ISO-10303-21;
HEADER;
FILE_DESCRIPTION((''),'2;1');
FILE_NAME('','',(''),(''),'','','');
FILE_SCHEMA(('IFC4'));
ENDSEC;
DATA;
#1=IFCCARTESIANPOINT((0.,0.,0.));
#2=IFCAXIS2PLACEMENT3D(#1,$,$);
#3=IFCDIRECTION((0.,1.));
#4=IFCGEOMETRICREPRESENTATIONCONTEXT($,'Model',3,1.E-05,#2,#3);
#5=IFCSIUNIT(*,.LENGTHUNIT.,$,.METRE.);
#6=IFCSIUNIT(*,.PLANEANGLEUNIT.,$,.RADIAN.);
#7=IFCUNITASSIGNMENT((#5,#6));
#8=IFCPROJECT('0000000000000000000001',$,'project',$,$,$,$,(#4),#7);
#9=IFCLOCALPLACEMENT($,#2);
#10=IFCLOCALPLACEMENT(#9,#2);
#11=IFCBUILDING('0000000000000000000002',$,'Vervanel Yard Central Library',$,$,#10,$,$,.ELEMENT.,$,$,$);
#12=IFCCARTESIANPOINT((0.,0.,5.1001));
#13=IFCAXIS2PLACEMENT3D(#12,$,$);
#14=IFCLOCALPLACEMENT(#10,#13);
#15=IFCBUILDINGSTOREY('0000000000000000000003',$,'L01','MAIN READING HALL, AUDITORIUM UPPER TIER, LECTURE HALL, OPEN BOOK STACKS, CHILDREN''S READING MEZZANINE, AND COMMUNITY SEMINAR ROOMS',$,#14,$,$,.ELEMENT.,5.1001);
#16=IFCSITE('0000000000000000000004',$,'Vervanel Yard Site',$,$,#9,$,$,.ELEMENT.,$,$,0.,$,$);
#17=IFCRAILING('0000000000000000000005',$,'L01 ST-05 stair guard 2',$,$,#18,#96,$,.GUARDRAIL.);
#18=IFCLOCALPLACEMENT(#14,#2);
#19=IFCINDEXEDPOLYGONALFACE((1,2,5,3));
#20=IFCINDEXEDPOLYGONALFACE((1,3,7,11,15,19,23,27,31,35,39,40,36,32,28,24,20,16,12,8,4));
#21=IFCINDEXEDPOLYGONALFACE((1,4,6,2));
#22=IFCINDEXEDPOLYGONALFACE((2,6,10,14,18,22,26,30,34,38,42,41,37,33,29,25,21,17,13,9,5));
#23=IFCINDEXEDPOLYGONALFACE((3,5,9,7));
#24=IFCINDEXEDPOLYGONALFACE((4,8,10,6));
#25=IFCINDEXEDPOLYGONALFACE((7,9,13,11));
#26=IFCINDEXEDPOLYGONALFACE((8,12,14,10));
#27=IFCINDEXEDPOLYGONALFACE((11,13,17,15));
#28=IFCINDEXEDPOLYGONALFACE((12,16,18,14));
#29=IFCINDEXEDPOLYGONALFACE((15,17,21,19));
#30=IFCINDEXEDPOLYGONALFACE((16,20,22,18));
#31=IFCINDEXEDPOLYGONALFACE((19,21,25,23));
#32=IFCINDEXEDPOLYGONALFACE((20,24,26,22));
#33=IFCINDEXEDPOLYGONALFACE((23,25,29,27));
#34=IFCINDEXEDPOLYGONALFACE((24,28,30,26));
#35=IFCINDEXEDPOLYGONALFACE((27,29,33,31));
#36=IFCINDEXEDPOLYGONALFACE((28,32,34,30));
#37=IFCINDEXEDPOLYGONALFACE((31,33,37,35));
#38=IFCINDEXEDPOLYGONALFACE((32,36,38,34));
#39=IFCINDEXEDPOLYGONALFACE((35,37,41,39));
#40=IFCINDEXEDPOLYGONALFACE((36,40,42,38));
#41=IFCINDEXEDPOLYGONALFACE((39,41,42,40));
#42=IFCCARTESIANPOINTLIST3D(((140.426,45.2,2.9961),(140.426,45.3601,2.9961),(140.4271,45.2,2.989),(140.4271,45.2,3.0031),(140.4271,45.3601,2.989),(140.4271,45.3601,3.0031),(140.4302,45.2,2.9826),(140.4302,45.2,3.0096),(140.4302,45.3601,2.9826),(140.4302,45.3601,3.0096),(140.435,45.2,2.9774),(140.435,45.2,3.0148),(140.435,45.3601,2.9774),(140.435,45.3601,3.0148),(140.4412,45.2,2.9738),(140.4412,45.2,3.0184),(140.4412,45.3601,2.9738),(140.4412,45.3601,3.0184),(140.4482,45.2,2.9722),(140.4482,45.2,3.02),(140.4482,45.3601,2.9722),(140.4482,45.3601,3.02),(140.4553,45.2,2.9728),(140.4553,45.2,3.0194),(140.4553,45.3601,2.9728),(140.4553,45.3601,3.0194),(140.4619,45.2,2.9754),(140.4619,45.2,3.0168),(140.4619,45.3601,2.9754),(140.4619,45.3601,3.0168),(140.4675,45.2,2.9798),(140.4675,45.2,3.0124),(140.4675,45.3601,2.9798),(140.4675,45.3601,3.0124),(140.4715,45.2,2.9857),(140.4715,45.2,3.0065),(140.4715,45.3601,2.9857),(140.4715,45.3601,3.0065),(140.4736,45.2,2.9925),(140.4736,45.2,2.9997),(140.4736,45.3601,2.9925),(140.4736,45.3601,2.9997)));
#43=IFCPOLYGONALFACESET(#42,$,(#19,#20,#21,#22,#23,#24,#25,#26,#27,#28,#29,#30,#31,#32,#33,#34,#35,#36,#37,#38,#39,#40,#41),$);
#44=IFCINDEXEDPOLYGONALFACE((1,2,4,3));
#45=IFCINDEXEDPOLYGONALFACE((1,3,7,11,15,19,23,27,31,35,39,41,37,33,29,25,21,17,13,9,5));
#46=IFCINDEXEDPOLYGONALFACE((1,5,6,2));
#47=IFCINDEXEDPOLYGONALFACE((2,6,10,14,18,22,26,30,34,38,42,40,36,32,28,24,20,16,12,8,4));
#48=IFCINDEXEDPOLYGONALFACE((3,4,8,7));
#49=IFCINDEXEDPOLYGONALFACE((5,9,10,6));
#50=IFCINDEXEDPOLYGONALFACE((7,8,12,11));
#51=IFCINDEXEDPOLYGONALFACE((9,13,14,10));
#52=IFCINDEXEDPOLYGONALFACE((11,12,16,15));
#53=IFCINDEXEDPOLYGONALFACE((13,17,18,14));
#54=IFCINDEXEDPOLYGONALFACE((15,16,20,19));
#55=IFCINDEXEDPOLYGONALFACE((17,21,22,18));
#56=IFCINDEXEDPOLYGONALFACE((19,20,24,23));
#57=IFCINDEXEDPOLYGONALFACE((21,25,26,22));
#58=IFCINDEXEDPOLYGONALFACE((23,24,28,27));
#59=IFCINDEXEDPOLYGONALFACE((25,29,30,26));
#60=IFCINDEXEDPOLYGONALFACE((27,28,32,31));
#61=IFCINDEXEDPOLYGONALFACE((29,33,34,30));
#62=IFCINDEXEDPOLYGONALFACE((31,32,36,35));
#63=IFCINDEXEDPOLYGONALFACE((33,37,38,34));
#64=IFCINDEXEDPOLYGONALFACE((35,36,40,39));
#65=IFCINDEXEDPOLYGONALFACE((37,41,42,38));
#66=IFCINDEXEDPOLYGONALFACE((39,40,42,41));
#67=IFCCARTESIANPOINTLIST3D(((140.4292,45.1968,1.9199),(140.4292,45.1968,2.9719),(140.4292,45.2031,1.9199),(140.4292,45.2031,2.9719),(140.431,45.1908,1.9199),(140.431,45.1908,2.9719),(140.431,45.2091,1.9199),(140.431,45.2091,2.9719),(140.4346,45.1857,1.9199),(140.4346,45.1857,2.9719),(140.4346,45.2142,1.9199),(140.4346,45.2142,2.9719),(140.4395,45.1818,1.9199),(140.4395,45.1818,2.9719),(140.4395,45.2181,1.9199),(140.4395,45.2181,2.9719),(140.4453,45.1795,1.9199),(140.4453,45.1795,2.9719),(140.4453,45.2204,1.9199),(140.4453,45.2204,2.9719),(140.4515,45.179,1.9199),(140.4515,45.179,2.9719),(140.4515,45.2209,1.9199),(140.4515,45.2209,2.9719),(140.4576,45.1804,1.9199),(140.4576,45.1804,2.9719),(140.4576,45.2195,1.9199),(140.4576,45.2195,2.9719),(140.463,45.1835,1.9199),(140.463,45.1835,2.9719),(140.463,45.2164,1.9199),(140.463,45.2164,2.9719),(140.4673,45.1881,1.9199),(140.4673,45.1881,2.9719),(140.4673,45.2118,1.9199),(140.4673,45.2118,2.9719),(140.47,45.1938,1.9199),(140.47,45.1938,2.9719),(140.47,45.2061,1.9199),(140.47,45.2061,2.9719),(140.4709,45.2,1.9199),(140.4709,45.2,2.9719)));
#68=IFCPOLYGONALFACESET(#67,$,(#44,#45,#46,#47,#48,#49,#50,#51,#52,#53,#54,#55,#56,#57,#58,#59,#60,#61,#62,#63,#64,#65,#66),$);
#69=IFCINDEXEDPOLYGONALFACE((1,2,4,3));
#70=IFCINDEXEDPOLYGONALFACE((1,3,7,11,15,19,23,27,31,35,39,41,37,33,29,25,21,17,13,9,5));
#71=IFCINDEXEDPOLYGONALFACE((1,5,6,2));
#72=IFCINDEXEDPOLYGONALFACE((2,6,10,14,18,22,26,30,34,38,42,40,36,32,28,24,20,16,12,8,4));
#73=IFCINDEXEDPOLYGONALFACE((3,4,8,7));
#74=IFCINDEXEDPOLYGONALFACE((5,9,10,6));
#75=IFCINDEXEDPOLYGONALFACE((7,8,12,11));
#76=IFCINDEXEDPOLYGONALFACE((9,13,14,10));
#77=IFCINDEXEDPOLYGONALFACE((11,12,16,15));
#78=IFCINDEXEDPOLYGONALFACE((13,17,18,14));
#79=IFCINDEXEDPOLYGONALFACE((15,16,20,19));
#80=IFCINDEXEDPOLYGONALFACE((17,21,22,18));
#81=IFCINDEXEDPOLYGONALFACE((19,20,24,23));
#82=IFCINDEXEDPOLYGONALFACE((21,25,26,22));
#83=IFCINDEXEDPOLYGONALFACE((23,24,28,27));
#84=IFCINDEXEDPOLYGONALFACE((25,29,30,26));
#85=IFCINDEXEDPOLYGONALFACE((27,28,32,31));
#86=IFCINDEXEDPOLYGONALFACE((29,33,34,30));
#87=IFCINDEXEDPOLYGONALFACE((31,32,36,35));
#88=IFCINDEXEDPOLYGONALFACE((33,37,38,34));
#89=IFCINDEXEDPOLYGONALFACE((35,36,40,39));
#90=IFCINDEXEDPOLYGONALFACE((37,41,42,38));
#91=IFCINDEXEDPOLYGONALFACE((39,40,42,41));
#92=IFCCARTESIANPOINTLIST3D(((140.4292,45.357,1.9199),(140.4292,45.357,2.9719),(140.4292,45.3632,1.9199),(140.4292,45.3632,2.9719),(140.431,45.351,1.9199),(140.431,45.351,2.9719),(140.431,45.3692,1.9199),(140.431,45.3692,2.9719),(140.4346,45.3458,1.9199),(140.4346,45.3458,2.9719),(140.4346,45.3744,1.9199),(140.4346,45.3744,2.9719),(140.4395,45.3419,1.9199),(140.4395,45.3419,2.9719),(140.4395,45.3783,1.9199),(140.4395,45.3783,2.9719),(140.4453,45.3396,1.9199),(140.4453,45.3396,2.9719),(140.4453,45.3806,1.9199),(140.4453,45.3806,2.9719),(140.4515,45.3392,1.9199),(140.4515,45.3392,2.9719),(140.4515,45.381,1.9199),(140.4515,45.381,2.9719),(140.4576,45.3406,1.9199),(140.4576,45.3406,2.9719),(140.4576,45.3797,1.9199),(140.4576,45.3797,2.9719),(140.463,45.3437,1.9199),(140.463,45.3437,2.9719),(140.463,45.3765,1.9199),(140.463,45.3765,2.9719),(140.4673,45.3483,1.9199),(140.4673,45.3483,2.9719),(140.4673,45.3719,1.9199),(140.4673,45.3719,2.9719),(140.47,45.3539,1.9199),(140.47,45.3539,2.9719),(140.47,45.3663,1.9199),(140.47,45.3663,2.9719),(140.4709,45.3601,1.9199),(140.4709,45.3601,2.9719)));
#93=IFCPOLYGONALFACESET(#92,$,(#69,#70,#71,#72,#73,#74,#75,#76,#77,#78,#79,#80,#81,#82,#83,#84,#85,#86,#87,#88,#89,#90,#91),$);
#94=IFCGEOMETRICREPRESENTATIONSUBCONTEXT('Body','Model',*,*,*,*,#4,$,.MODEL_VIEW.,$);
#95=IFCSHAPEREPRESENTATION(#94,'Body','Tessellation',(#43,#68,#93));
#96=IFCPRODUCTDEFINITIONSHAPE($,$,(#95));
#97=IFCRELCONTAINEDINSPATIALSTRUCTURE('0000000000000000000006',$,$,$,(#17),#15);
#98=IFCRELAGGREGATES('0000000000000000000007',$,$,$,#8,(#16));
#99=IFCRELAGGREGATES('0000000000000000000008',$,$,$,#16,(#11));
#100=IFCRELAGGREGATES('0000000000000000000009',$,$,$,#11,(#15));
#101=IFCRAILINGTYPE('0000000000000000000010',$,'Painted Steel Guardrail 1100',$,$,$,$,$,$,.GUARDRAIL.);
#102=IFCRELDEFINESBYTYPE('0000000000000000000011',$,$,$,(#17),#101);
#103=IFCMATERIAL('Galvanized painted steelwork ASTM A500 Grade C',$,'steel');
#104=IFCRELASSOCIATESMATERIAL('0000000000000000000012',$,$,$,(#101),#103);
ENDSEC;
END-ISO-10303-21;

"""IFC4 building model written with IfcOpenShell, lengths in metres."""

from ifc_helpers import new_model, si_unit, direction, frame, origin, origin_2d, place, context, subcontext, project, spatial, circle, extrude, material, type_object, element, save


model = new_model("IFC4")

# Units and contexts
model_context = context("Model", 3, precision=1e-05, world=origin(), true_north=direction((0.0, 1.0)))
body_context = subcontext(model_context, "Body", "Model", "MODEL_VIEW")
ifc_project = project(units=[si_unit("LENGTHUNIT", "METRE"), si_unit("PLANEANGLEUNIT", "RADIAN")], contexts=[model_context])

# Site, building, storey
site_placement = place(None, origin())
site = spatial("IfcSite", under=ifc_project, at=site_placement, Name="Vervanel Yard Site", CompositionType="ELEMENT", RefElevation=0.0)
building_placement = place(site_placement, origin())
building = spatial("IfcBuilding", under=site, at=building_placement, Name="Vervanel Yard Central Library", CompositionType="ELEMENT")
storey_placement = place(building_placement, frame((0.0, 0.0, 5.1001)))
storey = spatial("IfcBuildingStorey", under=building, at=storey_placement, Name="L01", Description="MAIN READING HALL, AUDITORIUM UPPER TIER, LECTURE HALL, OPEN BOOK STACKS, CHILDREN'S READING MEZZANINE, AND COMMUNITY SEMINAR ROOMS", CompositionType="ELEMENT", Elevation=5.1001)

# Shared definitions
ifc_material_1 = material(Name="Galvanized painted steelwork ASTM A500 Grade C", Category="steel")

# Railing
railing_type_1 = type_object("IfcRailingType", Name="Painted Steel Guardrail 1100", PredefinedType="GUARDRAIL", material=ifc_material_1)
railing_1_placement = place(storey_placement, frame((140.45, 45.2, 1.9199)))
element("IfcRailing", 1, at=railing_1_placement, inside=storey, type_object=railing_type_1, Name="L01 ST-05 stair guard 2", PredefinedType="GUARDRAIL", context=body_context, shape_type="SweptSolid", body=[
    extrude(circle(Radius=0.0239, at=origin_2d()), frame((0.0, 0.0, 1.0762), z_axis=(0.0, 1.0, 0.0), x_axis=(-1.0, 0.0, 0.0)), (0.0, 0.0, 1.0), 0.1602),
    extrude(circle(Radius=0.021, at=origin_2d()), origin(), (0.0, 0.0, 1.0), 1.052),
    extrude(circle(Radius=0.021, at=origin_2d()), frame((0.0, 0.1602, 0.0)), (0.0, 0.0, 1.0), 1.052),
])

save(model, "model.ifc")
